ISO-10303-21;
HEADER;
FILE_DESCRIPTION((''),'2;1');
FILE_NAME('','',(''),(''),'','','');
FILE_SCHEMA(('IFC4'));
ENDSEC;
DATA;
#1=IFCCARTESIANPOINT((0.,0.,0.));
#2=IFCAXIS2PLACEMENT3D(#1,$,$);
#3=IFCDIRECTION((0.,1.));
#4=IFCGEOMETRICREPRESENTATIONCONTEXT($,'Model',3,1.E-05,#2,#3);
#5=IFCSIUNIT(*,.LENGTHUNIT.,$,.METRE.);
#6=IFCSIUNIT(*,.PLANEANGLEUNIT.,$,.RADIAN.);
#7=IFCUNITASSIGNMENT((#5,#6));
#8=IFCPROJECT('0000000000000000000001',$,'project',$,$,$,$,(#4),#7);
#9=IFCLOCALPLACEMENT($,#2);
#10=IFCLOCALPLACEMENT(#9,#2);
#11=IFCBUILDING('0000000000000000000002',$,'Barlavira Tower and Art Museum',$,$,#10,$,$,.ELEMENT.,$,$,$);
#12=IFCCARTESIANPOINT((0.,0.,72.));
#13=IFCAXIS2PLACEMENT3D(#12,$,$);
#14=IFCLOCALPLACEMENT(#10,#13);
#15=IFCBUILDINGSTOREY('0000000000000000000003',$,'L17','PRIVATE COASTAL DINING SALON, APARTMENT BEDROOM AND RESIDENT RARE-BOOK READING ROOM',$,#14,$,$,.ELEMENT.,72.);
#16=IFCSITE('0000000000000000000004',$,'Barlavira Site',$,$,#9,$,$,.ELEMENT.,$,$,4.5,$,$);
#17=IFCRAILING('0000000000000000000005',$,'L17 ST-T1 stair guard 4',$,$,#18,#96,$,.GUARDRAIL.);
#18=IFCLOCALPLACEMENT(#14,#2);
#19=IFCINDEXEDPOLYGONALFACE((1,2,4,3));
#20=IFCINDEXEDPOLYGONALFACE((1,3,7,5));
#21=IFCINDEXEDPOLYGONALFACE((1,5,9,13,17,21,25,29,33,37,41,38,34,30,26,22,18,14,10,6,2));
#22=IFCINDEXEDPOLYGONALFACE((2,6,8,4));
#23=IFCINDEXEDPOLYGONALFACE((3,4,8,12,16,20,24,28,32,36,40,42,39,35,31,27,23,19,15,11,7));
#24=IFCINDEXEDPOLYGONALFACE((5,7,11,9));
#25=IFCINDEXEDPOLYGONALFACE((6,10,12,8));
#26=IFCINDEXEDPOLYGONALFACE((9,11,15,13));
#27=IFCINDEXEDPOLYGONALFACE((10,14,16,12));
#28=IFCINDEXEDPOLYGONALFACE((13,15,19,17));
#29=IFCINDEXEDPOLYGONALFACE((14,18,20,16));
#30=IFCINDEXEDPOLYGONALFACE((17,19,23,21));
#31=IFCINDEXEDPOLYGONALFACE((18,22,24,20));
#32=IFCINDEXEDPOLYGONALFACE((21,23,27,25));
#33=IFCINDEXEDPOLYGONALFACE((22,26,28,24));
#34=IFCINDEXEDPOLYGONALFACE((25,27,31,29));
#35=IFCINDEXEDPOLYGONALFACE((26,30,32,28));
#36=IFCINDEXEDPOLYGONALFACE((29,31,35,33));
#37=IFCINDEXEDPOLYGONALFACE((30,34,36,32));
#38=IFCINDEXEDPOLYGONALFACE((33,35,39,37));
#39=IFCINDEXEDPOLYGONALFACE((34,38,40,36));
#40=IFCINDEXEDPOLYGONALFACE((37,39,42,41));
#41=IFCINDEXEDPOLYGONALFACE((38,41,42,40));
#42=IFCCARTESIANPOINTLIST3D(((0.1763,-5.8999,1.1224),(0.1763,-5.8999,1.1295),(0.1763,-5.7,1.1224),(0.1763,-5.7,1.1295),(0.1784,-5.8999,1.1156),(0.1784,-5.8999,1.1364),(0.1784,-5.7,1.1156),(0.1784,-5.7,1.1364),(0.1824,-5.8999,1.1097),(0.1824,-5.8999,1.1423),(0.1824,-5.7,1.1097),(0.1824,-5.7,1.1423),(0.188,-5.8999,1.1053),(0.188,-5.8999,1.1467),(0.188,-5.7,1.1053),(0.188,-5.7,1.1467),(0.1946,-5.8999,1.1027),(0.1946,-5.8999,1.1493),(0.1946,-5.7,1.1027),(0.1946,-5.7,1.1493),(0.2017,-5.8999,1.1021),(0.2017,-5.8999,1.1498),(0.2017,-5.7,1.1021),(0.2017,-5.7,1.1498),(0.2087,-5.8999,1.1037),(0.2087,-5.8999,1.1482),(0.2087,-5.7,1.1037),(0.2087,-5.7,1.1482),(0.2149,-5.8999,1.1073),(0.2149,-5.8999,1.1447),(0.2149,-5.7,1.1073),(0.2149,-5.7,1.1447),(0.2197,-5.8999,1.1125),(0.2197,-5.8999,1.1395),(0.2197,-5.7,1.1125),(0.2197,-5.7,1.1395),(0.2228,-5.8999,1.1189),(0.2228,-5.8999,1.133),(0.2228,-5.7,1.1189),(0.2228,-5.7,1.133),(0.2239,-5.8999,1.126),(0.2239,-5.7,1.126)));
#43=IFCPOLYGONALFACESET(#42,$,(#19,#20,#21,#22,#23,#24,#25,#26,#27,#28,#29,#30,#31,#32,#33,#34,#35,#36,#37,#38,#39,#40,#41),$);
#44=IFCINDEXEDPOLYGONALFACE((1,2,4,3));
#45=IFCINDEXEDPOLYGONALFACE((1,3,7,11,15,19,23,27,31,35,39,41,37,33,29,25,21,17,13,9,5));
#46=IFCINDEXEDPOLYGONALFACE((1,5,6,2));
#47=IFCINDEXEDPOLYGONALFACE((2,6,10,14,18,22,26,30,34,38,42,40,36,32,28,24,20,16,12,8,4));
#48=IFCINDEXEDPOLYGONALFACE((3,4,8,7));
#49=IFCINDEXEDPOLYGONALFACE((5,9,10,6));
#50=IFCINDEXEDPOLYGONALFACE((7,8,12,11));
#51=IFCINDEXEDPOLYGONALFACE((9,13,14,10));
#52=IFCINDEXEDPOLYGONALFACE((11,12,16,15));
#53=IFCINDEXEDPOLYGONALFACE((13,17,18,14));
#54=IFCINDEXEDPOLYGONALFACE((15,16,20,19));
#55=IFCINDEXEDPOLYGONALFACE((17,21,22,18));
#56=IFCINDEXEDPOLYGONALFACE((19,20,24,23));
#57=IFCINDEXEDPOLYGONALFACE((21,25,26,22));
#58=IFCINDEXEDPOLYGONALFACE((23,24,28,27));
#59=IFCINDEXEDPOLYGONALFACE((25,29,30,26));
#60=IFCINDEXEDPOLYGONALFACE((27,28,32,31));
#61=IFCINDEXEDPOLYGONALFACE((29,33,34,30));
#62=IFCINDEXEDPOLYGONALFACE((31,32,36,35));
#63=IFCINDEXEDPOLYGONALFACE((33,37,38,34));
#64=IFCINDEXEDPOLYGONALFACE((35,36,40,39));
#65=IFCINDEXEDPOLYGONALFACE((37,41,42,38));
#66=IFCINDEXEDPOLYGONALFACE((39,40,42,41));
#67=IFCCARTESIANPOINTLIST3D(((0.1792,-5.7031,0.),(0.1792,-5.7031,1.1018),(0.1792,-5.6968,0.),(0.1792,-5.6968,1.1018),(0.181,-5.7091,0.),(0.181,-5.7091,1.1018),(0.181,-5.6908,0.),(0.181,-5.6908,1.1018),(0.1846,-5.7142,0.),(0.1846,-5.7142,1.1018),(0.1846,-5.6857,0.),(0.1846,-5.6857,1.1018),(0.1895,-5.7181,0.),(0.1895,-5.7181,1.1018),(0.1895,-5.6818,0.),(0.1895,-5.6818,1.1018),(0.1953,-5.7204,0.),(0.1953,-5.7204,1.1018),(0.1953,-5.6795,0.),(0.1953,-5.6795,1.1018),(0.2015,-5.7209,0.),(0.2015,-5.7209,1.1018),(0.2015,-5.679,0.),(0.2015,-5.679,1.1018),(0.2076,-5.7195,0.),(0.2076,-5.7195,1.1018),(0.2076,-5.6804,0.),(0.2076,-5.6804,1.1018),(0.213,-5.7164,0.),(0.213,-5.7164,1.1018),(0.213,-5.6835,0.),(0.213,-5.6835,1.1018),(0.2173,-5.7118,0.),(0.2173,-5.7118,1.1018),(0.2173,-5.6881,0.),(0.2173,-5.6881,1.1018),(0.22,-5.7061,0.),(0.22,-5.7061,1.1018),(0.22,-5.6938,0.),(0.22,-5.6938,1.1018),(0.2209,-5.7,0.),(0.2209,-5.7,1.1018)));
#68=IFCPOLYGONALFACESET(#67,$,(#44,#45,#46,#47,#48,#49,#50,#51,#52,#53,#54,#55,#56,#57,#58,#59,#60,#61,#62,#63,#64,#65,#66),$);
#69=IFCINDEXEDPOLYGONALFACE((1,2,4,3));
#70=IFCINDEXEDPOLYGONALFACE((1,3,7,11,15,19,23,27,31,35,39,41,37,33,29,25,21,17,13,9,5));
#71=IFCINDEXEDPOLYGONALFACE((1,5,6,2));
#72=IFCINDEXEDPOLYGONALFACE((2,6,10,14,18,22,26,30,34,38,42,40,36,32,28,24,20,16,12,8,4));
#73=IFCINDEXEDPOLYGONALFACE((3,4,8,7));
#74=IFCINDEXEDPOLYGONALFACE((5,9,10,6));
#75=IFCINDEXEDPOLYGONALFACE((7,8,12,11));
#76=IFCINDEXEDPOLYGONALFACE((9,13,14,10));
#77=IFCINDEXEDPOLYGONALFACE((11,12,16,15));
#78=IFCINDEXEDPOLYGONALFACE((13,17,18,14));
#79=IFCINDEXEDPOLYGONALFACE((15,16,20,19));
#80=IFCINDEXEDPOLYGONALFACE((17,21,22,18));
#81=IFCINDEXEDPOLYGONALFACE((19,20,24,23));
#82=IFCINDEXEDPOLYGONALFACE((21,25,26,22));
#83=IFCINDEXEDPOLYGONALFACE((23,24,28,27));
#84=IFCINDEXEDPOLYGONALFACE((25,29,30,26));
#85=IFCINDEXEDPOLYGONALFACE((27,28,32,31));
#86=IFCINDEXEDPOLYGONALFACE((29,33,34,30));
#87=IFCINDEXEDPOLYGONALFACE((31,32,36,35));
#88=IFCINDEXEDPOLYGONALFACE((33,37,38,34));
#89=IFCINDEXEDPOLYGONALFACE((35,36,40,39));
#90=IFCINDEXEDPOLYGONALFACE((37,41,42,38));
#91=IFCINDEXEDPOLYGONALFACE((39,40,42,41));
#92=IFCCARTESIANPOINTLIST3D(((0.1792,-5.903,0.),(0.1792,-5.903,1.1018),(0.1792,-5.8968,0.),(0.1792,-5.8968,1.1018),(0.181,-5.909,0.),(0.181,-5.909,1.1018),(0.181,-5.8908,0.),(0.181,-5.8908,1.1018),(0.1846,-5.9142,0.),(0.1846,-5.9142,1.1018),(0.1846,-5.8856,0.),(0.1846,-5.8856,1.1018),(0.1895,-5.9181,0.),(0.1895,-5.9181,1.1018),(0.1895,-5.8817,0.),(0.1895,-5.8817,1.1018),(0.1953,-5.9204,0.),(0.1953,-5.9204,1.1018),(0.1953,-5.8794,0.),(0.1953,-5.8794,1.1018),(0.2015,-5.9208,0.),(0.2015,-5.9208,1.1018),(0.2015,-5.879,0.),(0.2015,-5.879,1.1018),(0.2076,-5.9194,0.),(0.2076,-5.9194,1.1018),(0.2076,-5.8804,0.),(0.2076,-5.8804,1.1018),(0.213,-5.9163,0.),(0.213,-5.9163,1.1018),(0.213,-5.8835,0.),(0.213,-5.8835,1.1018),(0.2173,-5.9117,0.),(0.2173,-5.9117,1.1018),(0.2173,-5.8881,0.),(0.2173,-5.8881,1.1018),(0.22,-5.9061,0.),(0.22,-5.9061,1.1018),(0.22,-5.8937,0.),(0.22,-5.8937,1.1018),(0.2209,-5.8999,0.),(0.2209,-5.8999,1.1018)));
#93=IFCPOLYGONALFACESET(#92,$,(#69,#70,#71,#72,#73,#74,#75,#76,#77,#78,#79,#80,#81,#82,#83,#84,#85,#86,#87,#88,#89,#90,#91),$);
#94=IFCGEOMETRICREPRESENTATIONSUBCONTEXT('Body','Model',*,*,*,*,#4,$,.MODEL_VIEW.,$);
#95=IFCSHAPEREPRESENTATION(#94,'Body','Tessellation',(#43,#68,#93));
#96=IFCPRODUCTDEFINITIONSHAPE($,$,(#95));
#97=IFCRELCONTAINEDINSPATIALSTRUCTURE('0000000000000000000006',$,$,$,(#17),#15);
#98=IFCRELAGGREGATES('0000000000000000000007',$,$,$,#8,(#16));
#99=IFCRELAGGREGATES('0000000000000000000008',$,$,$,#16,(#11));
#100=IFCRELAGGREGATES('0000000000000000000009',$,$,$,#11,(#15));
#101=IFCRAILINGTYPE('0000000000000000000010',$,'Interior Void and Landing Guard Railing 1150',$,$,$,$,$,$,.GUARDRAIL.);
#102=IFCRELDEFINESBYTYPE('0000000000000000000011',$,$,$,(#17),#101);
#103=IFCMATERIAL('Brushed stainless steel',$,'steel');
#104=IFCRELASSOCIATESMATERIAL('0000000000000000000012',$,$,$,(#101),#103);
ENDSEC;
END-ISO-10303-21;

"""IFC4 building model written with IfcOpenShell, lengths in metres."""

from ifc_helpers import new_model, si_unit, direction, frame, origin, origin_2d, place, context, subcontext, project, spatial, circle, extrude, material, type_object, element, save


model = new_model("IFC4")

# Units and contexts
model_context = context("Model", 3, precision=1e-05, world=origin(), true_north=direction((0.0, 1.0)))
body_context = subcontext(model_context, "Body", "Model", "MODEL_VIEW")
ifc_project = project(units=[si_unit("LENGTHUNIT", "METRE"), si_unit("PLANEANGLEUNIT", "RADIAN")], contexts=[model_context])

# Site, building, storey
site_placement = place(None, origin())
site = spatial("IfcSite", under=ifc_project, at=site_placement, Name="Barlavira Site", CompositionType="ELEMENT", RefElevation=4.5)
building_placement = place(site_placement, origin())
building = spatial("IfcBuilding", under=site, at=building_placement, Name="Barlavira Tower and Art Museum", CompositionType="ELEMENT")
storey_placement = place(building_placement, frame((0.0, 0.0, 72.0)))
storey = spatial("IfcBuildingStorey", under=building, at=storey_placement, Name="L17", Description="PRIVATE COASTAL DINING SALON, APARTMENT BEDROOM AND RESIDENT RARE-BOOK READING ROOM", CompositionType="ELEMENT", Elevation=72.0)

# Shared definitions
ifc_material_1 = material(Name="Brushed stainless steel", Category="steel")

# Railing
railing_type_1 = type_object("IfcRailingType", Name="Interior Void and Landing Guard Railing 1150", PredefinedType="GUARDRAIL", material=ifc_material_1)
railing_1_placement = place(storey_placement, frame((0.2, -5.7, 0.0)))
element("IfcRailing", 1, at=railing_1_placement, inside=storey, type_object=railing_type_1, Name="L17 ST-T1 stair guard 4", PredefinedType="GUARDRAIL", context=body_context, shape_type="SweptSolid", body=[
    extrude(circle(Radius=0.0239, at=origin_2d()), frame((0.0, 0.0, 1.126), z_axis=(0.0, -1.0, 0.0), x_axis=(1.0, 0.0, 0.0)), (0.0, 0.0, 1.0), 0.2),
    extrude(circle(Radius=0.021, at=origin_2d()), origin(), (0.0, 0.0, 1.0), 1.1018),
    extrude(circle(Radius=0.021, at=origin_2d()), frame((0.0, -0.2, 0.0)), (0.0, 0.0, 1.0), 1.1018),
])

save(model, "model.ifc")
